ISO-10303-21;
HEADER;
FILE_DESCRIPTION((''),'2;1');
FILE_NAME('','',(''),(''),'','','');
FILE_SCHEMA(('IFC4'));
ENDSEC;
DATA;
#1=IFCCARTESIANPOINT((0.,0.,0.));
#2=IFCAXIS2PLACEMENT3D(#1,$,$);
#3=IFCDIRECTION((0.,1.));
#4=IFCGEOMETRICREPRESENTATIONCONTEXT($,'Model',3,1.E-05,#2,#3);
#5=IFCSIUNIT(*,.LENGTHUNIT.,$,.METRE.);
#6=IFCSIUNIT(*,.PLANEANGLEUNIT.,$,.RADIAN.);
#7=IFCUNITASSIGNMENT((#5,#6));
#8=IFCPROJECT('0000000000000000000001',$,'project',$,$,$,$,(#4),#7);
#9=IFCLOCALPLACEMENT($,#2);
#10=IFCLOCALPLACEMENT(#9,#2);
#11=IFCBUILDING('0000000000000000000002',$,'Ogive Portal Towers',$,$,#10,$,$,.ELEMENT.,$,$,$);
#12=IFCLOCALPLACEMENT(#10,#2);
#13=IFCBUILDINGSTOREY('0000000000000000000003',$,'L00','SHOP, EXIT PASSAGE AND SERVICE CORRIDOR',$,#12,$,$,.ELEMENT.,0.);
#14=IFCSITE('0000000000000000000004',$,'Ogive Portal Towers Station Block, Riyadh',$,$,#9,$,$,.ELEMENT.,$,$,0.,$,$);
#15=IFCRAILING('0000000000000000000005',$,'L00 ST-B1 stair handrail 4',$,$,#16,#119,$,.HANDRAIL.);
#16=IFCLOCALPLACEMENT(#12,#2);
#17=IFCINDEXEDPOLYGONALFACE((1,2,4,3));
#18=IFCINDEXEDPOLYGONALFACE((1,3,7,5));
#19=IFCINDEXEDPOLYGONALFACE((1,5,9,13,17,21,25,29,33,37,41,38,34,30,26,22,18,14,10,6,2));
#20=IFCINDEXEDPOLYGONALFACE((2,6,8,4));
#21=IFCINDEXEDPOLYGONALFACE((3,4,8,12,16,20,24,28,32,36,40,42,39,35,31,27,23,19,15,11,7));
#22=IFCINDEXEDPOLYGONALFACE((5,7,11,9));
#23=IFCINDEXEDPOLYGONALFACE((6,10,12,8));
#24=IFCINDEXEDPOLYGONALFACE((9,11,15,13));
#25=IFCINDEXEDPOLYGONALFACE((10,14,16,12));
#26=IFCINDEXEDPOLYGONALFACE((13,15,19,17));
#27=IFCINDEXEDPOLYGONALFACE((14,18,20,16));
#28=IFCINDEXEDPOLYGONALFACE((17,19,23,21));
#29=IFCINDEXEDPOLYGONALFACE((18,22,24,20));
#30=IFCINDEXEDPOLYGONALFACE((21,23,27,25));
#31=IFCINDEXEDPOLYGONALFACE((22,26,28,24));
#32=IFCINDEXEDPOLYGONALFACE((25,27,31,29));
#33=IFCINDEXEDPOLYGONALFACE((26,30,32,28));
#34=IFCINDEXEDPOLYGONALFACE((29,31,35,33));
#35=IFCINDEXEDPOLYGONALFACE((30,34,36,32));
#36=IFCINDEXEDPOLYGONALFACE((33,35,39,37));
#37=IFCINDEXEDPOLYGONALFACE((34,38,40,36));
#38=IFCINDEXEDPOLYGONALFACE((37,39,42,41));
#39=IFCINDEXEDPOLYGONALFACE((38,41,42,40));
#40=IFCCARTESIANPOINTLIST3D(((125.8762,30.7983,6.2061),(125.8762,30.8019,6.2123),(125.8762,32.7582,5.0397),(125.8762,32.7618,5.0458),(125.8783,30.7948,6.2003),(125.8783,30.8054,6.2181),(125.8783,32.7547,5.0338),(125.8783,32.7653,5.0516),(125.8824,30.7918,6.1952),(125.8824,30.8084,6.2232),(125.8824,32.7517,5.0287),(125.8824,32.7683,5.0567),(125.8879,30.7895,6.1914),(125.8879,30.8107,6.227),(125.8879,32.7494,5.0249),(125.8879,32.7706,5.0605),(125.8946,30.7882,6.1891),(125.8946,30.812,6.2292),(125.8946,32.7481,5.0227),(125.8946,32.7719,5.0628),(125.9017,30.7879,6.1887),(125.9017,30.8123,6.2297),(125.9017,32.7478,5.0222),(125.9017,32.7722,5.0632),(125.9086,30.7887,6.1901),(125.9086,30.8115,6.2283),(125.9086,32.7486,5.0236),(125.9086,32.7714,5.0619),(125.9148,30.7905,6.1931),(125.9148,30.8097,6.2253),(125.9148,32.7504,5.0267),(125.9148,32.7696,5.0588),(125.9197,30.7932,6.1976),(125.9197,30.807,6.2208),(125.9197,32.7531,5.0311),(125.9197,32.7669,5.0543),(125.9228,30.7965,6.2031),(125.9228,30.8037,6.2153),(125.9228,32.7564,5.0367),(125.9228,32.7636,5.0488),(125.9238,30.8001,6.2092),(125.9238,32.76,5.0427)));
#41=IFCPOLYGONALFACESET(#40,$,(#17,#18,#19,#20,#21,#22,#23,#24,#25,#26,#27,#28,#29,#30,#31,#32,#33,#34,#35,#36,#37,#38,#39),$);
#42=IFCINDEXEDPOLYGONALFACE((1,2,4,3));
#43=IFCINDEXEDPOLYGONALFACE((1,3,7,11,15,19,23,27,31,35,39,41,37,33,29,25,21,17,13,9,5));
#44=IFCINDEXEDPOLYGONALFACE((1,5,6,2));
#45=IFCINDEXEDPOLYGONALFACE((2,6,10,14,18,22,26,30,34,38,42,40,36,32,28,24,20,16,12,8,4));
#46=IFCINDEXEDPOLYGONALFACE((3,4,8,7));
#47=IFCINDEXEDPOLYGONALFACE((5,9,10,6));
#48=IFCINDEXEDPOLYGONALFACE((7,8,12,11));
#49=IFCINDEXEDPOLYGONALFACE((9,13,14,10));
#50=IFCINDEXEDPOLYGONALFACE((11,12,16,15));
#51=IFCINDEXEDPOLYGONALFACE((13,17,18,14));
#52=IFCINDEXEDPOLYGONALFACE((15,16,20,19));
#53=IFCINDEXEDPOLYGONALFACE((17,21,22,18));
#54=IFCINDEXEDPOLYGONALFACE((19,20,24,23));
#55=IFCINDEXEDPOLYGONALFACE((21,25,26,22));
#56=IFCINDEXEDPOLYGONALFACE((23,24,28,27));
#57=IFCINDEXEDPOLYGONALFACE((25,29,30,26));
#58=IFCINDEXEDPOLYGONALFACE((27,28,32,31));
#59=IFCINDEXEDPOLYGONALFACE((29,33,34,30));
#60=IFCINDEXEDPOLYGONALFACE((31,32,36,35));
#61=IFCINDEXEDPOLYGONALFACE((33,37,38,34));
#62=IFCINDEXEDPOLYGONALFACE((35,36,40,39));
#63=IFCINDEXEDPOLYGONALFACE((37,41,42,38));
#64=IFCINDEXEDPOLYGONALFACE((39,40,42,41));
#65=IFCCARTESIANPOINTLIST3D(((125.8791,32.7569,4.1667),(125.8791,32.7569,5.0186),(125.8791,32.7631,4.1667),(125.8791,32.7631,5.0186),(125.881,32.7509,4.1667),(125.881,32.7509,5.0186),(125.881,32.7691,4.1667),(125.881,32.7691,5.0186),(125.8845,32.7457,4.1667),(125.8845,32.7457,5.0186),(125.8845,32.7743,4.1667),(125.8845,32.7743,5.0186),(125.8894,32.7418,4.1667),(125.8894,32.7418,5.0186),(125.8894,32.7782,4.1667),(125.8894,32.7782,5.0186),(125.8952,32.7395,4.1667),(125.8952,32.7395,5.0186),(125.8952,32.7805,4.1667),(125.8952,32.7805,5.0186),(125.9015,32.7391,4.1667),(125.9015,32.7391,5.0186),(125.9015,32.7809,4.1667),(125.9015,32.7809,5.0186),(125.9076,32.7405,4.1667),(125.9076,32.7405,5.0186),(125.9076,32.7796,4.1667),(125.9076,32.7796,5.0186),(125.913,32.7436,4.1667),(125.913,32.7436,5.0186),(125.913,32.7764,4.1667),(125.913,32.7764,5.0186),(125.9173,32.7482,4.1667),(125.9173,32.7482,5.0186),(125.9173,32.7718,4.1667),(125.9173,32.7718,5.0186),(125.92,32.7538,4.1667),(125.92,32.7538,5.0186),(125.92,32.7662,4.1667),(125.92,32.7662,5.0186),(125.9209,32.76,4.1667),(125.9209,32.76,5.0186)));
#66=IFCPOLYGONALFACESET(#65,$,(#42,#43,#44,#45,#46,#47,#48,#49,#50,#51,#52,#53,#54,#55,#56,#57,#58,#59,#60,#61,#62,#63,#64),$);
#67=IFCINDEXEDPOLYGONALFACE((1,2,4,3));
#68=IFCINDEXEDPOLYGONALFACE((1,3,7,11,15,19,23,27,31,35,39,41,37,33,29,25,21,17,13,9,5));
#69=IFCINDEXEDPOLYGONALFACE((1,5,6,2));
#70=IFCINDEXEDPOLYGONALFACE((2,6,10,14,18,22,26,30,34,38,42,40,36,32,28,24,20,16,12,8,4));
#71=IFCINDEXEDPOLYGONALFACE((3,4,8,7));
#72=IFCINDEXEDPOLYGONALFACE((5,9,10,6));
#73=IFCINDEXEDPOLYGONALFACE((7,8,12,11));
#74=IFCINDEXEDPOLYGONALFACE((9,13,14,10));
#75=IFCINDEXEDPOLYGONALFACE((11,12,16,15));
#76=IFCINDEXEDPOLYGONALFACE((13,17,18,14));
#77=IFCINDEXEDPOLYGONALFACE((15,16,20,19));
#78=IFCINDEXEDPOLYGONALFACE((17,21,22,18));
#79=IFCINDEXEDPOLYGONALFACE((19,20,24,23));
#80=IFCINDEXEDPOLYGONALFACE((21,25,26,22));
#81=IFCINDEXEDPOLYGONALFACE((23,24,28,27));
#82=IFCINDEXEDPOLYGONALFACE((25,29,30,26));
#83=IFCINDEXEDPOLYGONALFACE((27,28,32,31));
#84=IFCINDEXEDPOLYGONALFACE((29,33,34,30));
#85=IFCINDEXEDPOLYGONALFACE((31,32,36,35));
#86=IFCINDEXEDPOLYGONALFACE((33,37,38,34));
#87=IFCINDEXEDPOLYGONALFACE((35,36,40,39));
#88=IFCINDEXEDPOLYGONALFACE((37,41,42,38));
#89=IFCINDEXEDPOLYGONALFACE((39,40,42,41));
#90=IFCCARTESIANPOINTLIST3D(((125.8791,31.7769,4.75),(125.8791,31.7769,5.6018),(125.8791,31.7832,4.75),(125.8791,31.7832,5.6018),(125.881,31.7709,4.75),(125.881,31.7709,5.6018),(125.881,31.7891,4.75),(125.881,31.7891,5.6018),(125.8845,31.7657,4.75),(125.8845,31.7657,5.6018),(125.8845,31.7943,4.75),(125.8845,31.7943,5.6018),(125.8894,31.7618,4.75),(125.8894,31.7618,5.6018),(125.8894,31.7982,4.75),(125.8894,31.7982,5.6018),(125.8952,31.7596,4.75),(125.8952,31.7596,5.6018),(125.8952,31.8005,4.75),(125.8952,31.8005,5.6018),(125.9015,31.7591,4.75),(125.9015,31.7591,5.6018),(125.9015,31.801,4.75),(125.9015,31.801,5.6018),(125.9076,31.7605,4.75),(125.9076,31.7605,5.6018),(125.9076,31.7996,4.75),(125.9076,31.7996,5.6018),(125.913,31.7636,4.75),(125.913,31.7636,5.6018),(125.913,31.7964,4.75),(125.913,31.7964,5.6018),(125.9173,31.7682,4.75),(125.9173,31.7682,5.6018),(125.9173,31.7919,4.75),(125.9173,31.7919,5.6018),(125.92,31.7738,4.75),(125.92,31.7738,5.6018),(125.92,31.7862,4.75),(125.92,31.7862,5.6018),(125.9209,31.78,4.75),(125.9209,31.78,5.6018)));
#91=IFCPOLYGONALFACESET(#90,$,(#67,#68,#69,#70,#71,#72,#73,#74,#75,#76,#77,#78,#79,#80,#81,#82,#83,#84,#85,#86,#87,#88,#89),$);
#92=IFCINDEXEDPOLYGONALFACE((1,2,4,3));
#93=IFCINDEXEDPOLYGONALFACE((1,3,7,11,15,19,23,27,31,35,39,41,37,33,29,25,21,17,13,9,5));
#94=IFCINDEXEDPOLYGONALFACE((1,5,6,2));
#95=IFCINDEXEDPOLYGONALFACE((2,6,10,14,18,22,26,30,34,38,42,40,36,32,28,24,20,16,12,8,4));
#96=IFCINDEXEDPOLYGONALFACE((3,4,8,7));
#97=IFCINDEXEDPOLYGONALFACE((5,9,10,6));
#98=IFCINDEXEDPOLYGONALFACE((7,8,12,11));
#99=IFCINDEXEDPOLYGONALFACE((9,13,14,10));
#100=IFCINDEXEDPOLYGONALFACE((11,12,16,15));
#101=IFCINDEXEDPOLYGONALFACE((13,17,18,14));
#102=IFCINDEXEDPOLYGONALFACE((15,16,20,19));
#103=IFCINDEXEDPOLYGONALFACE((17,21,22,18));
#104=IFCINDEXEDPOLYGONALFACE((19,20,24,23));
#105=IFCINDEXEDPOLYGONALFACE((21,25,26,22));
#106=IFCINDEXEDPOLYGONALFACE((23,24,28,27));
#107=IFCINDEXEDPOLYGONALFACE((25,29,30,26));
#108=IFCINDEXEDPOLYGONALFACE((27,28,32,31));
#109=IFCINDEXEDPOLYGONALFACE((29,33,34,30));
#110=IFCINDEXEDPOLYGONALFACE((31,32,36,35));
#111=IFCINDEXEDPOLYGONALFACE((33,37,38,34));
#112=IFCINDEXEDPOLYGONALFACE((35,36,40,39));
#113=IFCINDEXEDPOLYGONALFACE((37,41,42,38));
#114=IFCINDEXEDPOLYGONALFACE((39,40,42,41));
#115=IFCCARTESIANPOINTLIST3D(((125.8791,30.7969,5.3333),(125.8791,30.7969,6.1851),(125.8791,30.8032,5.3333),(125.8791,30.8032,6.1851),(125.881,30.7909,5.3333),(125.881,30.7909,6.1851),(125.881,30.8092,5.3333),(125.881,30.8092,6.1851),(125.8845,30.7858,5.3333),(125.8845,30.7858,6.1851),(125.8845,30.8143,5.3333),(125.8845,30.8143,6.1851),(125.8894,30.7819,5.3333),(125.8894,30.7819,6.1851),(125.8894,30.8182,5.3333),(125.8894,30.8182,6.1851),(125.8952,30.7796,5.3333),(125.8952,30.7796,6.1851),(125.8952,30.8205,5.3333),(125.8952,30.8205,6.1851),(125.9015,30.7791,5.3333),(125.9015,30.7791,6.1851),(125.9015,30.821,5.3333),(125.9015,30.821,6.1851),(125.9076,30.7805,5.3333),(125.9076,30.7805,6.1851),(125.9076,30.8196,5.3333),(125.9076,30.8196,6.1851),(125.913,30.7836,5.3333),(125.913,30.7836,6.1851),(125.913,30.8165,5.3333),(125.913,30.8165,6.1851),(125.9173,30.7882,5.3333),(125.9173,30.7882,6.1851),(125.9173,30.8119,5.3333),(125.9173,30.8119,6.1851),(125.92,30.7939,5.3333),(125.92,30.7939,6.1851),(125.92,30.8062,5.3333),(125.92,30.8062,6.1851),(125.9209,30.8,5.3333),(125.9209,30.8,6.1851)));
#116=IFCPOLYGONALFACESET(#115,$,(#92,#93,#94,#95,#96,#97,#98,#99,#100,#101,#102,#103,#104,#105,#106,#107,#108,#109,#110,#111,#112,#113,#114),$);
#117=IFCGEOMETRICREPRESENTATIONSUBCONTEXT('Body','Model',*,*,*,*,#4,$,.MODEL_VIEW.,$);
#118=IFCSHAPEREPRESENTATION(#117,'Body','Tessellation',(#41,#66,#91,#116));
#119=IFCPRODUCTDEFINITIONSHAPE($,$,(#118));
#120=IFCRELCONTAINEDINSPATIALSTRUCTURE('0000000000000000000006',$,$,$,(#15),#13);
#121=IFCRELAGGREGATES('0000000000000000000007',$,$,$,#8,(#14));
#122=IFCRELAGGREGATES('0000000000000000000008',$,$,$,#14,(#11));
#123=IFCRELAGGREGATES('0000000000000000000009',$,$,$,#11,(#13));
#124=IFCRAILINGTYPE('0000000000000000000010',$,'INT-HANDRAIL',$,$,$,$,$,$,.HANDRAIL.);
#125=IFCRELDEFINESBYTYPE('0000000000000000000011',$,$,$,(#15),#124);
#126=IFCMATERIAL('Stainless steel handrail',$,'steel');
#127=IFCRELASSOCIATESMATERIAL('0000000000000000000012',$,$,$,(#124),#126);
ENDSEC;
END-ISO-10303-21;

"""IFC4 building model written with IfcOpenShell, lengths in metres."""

from ifc_helpers import new_model, si_unit, direction, frame, origin, origin_2d, place, context, subcontext, project, spatial, circle, extrude, material, type_object, element, save


model = new_model("IFC4")

# Units and contexts
model_context = context("Model", 3, precision=1e-05, world=origin(), true_north=direction((0.0, 1.0)))
body_context = subcontext(model_context, "Body", "Model", "MODEL_VIEW")
ifc_project = project(units=[si_unit("LENGTHUNIT", "METRE"), si_unit("PLANEANGLEUNIT", "RADIAN")], contexts=[model_context])

# Site, building, storey
site_placement = place(None, origin())
site = spatial("IfcSite", under=ifc_project, at=site_placement, Name="Ogive Portal Towers Station Block, Riyadh", CompositionType="ELEMENT", RefElevation=0.0)
building_placement = place(site_placement, origin())
building = spatial("IfcBuilding", under=site, at=building_placement, Name="Ogive Portal Towers", CompositionType="ELEMENT")
storey_placement = place(building_placement, origin())
storey = spatial("IfcBuildingStorey", under=building, at=storey_placement, Name="L00", Description="SHOP, EXIT PASSAGE AND SERVICE CORRIDOR", CompositionType="ELEMENT", Elevation=0.0)

# Railing
ifc_material_1 = material(Name="Stainless steel handrail", Category="steel")
railing_type_1 = type_object("IfcRailingType", Name="INT-HANDRAIL", PredefinedType="HANDRAIL", material=ifc_material_1)
railing_1_placement = place(storey_placement, frame((125.8999, 32.76, 4.1667)))
element("IfcRailing", 1, at=railing_1_placement, inside=storey, type_object=railing_type_1, Name="L00 ST-B1 stair handrail 4", PredefinedType="HANDRAIL", context=body_context, shape_type="SweptSolid", body=[
    extrude(circle(Radius=0.0239, at=origin_2d()), frame((0.0, 0.0, 0.876), z_axis=(0.0, -0.85932, 0.511439), x_axis=(1.0, 0.0, 0.0)), (0.0, 0.0, 1.0), 2.2808),
    extrude(circle(Radius=0.021, at=origin_2d()), origin(), (0.0, 0.0, 1.0), 0.8518),
    extrude(circle(Radius=0.021, at=origin_2d()), frame((0.0, -0.98, 0.5833)), (0.0, 0.0, 1.0), 0.8518),
    extrude(circle(Radius=0.021, at=origin_2d()), frame((0.0, -1.96, 1.1665)), (0.0, 0.0, 1.0), 0.8518),
])

save(model, "model.ifc")
